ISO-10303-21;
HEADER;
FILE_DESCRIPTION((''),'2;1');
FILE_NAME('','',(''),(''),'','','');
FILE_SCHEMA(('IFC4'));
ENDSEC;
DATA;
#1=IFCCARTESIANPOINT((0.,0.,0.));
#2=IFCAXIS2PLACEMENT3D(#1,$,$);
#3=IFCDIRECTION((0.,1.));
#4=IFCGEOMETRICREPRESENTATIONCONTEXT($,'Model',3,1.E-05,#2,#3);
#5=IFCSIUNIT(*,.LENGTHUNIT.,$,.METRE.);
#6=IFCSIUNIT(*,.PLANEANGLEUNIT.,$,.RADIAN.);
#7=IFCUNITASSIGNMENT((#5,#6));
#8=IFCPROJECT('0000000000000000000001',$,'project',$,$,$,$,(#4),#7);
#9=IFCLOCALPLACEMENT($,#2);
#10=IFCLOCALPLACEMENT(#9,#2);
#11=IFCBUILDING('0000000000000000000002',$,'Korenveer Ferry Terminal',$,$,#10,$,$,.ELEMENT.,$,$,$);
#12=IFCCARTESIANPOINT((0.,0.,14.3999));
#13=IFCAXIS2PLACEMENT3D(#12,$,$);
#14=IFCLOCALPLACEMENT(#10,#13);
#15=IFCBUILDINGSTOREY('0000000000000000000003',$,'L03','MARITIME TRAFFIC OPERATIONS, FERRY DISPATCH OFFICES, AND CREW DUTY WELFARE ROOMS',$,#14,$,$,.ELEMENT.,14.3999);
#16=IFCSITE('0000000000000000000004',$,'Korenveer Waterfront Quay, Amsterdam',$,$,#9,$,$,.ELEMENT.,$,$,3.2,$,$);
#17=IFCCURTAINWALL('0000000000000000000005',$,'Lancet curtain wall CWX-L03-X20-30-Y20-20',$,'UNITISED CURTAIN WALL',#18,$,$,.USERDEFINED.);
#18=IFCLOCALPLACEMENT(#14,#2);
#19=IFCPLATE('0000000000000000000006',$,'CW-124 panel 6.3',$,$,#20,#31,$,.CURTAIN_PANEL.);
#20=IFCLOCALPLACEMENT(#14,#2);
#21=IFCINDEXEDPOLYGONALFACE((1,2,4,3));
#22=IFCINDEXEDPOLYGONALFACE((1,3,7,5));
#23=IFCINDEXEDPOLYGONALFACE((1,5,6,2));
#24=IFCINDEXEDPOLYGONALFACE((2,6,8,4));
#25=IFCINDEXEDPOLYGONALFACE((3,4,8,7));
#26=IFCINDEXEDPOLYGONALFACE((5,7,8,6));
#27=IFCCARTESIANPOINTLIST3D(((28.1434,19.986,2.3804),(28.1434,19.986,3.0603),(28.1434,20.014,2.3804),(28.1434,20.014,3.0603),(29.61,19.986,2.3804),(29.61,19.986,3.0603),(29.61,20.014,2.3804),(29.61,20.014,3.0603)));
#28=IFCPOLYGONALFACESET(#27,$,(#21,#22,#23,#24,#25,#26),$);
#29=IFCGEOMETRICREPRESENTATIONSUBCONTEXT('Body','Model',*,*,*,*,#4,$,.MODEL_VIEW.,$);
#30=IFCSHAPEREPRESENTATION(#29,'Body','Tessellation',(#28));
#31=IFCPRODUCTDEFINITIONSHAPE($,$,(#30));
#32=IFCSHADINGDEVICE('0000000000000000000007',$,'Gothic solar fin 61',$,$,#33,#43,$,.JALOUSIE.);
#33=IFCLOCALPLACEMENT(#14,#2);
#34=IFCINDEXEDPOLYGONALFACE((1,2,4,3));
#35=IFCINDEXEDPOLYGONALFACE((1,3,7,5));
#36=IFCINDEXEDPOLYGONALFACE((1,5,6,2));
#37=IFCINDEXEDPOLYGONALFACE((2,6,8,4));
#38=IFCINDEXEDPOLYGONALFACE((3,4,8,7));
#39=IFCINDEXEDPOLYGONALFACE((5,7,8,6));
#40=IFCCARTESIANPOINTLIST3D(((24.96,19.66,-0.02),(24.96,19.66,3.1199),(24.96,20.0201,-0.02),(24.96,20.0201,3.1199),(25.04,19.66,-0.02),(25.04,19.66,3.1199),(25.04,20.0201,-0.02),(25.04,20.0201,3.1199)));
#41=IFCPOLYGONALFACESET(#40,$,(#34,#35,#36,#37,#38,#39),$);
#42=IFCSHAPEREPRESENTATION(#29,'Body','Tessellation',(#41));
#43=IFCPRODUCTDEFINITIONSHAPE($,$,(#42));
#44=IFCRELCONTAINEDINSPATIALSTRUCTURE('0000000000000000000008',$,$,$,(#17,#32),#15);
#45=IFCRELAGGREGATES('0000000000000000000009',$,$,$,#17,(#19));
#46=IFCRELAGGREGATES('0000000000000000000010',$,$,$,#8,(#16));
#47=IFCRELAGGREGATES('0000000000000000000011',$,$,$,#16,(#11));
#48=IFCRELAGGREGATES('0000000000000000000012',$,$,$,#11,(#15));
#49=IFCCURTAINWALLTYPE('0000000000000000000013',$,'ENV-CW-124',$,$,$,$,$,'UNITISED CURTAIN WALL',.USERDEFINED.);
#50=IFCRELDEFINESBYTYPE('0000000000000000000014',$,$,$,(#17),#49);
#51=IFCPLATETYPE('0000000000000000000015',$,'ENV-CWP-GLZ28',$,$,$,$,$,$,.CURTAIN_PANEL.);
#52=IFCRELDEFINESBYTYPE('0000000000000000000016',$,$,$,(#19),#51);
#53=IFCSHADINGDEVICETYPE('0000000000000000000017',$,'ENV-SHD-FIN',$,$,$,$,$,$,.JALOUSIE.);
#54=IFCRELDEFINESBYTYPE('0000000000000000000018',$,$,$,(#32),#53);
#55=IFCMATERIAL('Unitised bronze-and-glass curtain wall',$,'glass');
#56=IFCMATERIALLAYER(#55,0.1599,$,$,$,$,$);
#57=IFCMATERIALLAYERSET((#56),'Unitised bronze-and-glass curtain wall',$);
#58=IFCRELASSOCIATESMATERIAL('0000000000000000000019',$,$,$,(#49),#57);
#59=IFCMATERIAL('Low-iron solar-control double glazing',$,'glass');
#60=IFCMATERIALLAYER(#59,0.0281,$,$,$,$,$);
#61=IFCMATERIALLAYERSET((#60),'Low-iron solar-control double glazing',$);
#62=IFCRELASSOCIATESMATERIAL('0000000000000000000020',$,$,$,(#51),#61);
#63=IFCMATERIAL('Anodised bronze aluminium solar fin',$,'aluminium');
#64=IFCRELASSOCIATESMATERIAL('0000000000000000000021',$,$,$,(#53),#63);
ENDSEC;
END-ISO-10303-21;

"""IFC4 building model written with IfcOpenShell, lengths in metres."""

from ifc_helpers import new_model, si_unit, direction, frame, origin, origin_2d, place, context, subcontext, project, spatial, rectangle, extrude, material, layer, layer_set, type_object, element, aggregate, save


model = new_model("IFC4")

# Units and contexts
model_context = context("Model", 3, precision=1e-05, world=origin(), true_north=direction((0.0, 1.0)))
body_context = subcontext(model_context, "Body", "Model", "MODEL_VIEW")
ifc_project = project(units=[si_unit("LENGTHUNIT", "METRE"), si_unit("PLANEANGLEUNIT", "RADIAN")], contexts=[model_context])

# Site, building, storey
site_placement = place(None, origin())
site = spatial("IfcSite", under=ifc_project, at=site_placement, Name="Korenveer Waterfront Quay, Amsterdam", CompositionType="ELEMENT", RefElevation=3.2)
building_placement = place(site_placement, origin())
building = spatial("IfcBuilding", under=site, at=building_placement, Name="Korenveer Ferry Terminal", CompositionType="ELEMENT")
storey_placement = place(building_placement, frame((0.0, 0.0, 14.3999)))
storey = spatial("IfcBuildingStorey", under=building, at=storey_placement, Name="L03", Description="MARITIME TRAFFIC OPERATIONS, FERRY DISPATCH OFFICES, AND CREW DUTY WELFARE ROOMS", CompositionType="ELEMENT", Elevation=14.3999)

# Curtain wall
ifc_material_1 = material(Name="Unitised bronze-and-glass curtain wall", Category="glass")
ifc_layer_1 = layer(ifc_material_1, 0.1599)
ifc_layer_set_1 = layer_set([ifc_layer_1], Name="Unitised bronze-and-glass curtain wall")
curtain_wall_type_1 = type_object("IfcCurtainWallType", Name="ENV-CW-124", ElementType="UNITISED CURTAIN WALL", PredefinedType="USERDEFINED", material=ifc_layer_set_1)
curtain_wall_1_placement = place(storey_placement, frame((20.3301, 20.0, 0.0)))
curtain_wall_1 = element("IfcCurtainWall", 1, at=curtain_wall_1_placement, inside=storey, type_object=curtain_wall_type_1, Name="Lancet curtain wall CWX-L03-X20-30-Y20-20", ObjectType="UNITISED CURTAIN WALL", PredefinedType="USERDEFINED")

# Plate
ifc_material_2 = material(Name="Low-iron solar-control double glazing", Category="glass")
ifc_layer_2 = layer(ifc_material_2, 0.0281)
ifc_layer_set_2 = layer_set([ifc_layer_2], Name="Low-iron solar-control double glazing")
plate_type = type_object("IfcPlateType", Name="ENV-CWP-GLZ28", PredefinedType="CURTAIN_PANEL", material=ifc_layer_set_2)
plate_1_placement = place(storey_placement, frame((28.8767, 20.0, 2.3804), z_axis=(0.0, 0.0, 1.0), x_axis=(1.0, 0.0, 0.0)))
plate_1 = element("IfcPlate", 2, at=plate_1_placement, type_object=plate_type, Name="CW-124 panel 6.3", PredefinedType="CURTAIN_PANEL", context=body_context, shape_type="SweptSolid", body=[
    extrude(rectangle(XDim=1.4666, YDim=0.0281, at=origin_2d()), origin(), (0.0, 0.0, 1.0), 0.6799),
])
aggregate(curtain_wall_1, [plate_1])

# Shading device
ifc_material_3 = material(Name="Anodised bronze aluminium solar fin", Category="aluminium")
shading_device_type = type_object("IfcShadingDeviceType", Name="ENV-SHD-FIN", PredefinedType="JALOUSIE", material=ifc_material_3)
shading_device_placement = place(storey_placement, frame((25.0, 19.8401, -0.02), z_axis=(0.0, 0.0, 1.0), x_axis=(0.0, 1.0, 0.0)))
element("IfcShadingDevice", 3, at=shading_device_placement, inside=storey, type_object=shading_device_type, Name="Gothic solar fin 61", PredefinedType="JALOUSIE", context=body_context, shape_type="SweptSolid", body=[
    extrude(rectangle(XDim=0.3601, YDim=0.0801, at=origin_2d()), origin(), (0.0, 0.0, 1.0), 3.1399),
])

save(model, "model.ifc")
